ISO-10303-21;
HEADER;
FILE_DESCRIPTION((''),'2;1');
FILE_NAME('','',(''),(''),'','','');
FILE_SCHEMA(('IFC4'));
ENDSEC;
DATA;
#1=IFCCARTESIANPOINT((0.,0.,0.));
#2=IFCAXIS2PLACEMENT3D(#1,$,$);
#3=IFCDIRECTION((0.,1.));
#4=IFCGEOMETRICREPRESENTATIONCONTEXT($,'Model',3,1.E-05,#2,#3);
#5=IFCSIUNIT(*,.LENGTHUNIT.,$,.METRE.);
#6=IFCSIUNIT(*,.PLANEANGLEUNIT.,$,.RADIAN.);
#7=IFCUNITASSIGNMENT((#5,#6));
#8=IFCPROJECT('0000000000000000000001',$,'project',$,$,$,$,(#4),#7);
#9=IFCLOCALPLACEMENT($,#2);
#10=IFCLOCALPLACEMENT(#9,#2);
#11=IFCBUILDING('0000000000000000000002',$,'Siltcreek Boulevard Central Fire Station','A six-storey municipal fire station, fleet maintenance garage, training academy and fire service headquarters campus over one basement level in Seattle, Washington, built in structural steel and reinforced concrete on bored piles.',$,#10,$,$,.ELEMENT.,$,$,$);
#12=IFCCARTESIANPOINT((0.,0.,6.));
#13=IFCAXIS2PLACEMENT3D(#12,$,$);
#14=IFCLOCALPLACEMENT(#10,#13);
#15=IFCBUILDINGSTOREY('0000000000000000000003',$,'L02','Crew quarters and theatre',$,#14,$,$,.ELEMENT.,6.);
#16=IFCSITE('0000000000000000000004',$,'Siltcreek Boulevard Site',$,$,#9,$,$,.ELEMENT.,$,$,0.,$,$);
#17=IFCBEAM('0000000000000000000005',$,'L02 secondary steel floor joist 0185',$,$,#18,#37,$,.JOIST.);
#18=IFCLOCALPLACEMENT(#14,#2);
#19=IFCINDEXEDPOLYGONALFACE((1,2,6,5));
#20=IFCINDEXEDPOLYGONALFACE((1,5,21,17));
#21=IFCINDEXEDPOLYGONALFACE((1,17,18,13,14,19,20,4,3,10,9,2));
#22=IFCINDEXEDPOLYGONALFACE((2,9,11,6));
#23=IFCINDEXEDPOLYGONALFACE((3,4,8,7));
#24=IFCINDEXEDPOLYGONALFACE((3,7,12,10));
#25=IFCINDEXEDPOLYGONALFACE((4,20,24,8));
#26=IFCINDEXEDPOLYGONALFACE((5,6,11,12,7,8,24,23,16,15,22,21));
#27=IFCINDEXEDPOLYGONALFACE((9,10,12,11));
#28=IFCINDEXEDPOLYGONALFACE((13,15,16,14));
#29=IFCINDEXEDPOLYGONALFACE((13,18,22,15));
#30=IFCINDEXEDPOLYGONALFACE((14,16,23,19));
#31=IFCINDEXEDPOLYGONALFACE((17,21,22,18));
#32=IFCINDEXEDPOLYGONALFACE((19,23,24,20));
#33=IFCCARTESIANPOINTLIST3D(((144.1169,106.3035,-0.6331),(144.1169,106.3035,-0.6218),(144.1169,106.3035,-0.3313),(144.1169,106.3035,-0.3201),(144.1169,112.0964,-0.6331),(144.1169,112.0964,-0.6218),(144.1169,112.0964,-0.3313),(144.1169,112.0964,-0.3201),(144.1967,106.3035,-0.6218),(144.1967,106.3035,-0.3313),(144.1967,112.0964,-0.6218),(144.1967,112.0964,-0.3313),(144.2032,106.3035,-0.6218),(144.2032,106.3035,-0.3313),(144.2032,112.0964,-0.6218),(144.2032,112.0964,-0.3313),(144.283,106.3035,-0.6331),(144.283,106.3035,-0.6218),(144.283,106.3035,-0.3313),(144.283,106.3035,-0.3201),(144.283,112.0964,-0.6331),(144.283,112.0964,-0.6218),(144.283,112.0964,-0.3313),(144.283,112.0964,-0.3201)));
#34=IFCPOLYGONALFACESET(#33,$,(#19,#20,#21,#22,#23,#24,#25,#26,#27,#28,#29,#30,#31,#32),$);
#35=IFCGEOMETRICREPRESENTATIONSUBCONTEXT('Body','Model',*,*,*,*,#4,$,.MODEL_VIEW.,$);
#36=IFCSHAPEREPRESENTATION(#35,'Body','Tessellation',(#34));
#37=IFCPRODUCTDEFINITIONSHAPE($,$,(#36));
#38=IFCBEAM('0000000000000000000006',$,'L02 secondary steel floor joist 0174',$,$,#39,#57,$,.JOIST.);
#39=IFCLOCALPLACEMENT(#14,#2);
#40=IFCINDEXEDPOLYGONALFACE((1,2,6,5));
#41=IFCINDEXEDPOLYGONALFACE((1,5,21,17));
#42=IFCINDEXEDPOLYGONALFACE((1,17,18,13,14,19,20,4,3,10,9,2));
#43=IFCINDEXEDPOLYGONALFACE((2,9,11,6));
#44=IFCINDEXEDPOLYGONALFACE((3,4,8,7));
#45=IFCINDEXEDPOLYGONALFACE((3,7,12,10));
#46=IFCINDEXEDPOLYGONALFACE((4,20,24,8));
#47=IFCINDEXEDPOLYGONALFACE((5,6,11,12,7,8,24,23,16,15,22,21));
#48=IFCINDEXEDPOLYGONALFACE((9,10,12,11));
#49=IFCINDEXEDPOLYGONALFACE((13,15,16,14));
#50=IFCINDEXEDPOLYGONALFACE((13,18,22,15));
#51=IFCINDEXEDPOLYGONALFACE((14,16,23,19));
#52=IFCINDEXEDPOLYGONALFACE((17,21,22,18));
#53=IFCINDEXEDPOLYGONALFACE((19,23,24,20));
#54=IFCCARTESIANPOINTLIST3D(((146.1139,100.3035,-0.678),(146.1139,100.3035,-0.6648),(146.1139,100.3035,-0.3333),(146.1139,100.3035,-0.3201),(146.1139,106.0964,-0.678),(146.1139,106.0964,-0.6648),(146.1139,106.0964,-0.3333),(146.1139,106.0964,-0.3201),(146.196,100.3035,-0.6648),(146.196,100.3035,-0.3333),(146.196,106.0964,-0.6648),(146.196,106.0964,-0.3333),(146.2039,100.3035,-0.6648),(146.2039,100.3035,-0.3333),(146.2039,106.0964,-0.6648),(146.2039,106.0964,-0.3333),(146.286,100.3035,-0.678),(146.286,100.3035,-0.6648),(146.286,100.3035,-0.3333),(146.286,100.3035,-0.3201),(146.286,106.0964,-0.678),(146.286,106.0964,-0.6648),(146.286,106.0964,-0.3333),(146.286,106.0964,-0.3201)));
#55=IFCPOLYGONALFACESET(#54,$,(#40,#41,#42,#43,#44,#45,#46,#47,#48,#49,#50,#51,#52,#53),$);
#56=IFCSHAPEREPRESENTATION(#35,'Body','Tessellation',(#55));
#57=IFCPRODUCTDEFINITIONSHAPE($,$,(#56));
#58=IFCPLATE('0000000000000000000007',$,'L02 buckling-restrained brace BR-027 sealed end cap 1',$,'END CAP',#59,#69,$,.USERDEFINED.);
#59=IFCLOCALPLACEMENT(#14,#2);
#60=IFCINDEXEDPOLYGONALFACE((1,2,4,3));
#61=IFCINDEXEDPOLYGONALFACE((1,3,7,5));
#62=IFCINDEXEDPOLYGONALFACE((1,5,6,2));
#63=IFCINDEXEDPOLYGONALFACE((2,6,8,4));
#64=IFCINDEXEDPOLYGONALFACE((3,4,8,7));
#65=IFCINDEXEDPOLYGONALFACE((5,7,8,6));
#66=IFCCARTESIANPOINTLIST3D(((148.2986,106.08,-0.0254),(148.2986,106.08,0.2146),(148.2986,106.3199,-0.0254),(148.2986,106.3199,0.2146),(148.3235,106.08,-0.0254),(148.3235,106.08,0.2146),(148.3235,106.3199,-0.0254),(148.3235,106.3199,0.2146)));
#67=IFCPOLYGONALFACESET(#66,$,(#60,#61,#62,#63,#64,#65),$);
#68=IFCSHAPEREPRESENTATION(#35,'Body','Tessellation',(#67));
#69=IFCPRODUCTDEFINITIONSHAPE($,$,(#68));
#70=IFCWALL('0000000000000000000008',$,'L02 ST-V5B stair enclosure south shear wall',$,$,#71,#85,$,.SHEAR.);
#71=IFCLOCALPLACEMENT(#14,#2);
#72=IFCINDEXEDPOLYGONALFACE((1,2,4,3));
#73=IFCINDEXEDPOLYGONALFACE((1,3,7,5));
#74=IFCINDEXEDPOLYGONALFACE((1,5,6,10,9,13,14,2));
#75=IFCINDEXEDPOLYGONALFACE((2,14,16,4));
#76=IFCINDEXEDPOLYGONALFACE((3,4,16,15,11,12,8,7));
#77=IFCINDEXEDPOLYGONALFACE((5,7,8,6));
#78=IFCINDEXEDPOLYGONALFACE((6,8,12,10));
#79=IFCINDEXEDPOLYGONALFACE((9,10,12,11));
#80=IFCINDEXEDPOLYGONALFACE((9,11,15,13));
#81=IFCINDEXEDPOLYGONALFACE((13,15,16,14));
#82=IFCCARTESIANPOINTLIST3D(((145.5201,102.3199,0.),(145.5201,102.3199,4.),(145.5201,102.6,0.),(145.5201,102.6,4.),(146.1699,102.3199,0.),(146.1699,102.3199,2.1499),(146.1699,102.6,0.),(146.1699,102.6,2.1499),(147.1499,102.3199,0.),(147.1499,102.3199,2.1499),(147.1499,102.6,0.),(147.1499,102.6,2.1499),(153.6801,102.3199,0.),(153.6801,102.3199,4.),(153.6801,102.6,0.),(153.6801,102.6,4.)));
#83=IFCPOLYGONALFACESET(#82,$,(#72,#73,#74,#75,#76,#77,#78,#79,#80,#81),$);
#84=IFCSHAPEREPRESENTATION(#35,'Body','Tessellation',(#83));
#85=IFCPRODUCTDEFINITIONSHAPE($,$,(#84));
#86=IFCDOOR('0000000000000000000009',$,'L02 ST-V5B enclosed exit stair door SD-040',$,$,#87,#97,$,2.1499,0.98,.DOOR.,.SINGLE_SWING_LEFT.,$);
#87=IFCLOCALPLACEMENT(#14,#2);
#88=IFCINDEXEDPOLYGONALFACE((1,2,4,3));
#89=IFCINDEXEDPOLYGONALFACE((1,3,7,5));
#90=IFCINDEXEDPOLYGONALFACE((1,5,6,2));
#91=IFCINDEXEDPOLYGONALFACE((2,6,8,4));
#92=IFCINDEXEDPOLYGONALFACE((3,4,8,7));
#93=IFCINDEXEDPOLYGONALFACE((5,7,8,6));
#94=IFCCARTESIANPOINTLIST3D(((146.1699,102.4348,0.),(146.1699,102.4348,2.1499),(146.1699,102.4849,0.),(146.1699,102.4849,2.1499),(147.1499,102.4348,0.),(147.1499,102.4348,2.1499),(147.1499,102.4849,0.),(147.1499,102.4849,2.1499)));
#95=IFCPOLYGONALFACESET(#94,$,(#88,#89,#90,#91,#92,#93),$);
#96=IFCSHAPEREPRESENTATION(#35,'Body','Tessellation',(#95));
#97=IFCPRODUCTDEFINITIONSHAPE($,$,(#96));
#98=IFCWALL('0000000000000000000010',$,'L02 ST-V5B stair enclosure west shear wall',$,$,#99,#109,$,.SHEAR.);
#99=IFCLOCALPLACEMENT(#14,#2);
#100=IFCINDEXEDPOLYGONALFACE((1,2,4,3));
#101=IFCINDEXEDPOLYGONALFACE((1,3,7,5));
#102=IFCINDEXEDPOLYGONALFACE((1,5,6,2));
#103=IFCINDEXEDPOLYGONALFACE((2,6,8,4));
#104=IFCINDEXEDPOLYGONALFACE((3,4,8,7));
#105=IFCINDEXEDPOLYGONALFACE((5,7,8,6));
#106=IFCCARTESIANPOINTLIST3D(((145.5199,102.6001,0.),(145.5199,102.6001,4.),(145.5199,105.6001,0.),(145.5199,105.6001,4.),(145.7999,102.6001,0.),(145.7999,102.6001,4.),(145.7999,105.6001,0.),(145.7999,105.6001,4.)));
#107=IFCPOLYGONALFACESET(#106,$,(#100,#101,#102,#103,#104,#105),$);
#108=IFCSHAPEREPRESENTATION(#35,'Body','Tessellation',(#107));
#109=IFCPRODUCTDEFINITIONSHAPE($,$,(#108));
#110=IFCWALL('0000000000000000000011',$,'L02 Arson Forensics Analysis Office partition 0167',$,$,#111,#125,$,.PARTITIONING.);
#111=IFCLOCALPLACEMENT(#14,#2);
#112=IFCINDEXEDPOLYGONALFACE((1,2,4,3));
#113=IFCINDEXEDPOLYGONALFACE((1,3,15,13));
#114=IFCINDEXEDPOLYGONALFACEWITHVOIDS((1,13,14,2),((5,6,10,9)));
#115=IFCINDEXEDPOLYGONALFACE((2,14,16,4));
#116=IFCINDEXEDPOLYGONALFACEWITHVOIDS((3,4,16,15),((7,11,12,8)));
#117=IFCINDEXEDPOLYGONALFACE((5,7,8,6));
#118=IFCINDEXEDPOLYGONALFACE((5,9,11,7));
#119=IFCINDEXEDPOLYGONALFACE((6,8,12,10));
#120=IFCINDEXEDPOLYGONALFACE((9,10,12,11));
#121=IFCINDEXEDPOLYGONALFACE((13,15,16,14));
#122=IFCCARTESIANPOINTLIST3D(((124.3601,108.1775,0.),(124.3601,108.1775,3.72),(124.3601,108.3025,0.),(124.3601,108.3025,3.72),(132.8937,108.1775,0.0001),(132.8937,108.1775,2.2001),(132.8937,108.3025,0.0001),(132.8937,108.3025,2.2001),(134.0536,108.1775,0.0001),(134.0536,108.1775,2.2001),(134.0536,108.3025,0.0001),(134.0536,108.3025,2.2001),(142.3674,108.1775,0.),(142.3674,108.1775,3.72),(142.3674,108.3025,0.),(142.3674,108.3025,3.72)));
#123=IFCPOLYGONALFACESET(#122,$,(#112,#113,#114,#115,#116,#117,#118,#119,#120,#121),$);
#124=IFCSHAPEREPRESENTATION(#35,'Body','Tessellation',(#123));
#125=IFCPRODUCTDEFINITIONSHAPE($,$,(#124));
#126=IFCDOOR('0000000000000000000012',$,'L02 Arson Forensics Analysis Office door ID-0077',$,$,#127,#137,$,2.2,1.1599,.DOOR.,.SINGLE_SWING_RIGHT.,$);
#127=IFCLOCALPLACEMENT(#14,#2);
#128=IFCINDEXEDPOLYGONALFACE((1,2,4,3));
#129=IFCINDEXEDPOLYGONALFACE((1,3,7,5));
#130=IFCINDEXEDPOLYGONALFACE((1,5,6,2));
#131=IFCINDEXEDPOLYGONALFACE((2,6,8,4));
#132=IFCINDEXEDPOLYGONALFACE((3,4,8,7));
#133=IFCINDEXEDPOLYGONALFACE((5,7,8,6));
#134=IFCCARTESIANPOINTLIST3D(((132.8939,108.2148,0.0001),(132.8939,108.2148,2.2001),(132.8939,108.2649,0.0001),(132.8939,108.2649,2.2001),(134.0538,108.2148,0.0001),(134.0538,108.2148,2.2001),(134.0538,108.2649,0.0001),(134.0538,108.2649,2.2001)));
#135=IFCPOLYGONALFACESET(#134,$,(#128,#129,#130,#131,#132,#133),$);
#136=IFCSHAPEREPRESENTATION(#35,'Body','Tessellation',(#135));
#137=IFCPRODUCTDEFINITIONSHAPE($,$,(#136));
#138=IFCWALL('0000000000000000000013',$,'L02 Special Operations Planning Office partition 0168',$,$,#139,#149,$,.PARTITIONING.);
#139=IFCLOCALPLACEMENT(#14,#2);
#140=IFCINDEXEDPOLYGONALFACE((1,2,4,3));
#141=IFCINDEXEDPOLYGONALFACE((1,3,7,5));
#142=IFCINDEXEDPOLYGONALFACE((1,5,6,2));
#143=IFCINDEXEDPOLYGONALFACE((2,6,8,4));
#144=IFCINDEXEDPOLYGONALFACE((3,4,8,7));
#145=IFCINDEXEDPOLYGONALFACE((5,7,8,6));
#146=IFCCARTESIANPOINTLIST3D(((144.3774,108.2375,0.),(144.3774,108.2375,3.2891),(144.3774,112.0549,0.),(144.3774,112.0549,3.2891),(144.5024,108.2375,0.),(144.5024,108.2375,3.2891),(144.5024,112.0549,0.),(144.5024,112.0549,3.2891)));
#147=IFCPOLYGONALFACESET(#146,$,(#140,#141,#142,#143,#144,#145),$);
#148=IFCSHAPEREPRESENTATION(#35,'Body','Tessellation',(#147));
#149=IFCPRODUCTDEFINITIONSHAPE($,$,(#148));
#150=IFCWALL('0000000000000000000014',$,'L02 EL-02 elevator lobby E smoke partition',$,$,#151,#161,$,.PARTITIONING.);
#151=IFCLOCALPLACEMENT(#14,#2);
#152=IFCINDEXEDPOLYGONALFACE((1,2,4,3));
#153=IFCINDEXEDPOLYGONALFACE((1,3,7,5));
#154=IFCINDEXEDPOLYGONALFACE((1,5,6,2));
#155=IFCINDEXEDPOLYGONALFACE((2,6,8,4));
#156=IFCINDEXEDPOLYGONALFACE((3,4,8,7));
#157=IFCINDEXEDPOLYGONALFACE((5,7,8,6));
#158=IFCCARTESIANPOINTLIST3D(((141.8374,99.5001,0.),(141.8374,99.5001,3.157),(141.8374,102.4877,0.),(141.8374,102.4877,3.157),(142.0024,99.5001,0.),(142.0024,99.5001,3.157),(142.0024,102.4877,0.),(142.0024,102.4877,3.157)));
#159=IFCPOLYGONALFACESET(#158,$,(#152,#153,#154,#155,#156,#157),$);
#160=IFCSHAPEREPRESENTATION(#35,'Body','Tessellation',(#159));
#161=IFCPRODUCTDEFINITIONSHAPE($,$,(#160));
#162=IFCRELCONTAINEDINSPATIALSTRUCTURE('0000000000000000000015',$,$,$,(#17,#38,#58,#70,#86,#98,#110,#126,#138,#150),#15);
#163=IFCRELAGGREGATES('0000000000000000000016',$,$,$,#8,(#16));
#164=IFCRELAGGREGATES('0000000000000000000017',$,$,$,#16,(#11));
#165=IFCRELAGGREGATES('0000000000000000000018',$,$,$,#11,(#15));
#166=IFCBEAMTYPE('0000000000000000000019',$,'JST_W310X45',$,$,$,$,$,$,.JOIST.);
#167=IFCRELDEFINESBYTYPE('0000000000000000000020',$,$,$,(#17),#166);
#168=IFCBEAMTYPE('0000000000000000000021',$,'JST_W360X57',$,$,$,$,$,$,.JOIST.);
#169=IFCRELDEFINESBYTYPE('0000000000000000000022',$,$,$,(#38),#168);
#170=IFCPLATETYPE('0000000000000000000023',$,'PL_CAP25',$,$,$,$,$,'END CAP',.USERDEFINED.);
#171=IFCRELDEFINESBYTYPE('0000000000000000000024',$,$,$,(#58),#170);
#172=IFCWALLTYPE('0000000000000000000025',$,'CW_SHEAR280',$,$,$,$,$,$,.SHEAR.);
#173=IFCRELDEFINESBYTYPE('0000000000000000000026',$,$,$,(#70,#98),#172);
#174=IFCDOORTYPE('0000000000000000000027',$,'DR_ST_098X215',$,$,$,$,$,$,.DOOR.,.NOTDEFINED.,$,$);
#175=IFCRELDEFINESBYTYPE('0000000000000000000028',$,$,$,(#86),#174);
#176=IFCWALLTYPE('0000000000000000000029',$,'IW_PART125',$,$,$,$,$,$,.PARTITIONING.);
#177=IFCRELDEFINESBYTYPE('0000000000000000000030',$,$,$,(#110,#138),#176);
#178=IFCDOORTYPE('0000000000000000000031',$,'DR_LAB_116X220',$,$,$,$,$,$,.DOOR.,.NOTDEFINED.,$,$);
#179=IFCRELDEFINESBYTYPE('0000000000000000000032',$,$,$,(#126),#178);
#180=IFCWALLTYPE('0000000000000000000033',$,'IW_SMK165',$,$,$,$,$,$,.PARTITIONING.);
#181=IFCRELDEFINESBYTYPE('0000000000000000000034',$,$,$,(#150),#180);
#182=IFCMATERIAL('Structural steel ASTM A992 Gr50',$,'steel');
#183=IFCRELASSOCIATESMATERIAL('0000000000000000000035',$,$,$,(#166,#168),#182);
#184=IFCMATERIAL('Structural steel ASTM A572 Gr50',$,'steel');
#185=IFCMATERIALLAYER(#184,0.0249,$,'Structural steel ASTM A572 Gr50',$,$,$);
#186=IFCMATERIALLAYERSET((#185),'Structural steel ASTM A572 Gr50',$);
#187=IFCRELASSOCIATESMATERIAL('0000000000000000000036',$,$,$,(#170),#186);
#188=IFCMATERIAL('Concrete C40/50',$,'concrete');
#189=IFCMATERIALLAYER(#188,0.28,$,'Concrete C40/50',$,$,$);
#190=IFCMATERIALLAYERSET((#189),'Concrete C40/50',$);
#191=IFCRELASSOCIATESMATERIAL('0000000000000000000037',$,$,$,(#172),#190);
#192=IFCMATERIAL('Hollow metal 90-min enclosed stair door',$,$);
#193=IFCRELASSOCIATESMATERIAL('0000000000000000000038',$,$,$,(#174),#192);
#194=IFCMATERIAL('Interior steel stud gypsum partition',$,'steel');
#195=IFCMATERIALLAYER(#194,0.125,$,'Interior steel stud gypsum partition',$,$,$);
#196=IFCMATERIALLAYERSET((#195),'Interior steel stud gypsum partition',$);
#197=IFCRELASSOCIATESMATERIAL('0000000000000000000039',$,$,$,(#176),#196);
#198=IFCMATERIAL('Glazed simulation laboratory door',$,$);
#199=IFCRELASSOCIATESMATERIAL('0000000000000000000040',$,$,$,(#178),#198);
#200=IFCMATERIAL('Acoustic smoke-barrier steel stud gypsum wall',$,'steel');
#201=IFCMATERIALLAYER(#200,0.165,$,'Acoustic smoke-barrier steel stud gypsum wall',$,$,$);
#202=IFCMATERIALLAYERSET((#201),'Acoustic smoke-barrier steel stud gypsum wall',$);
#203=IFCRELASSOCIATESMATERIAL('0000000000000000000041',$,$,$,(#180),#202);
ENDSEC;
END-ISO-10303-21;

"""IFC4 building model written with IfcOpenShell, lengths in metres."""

from ifc_helpers import new_model, si_unit, direction, frame, frame_2d, origin, origin_2d, place, context, subcontext, project, spatial, rectangle, i_section, extrude, material, layer, layer_set, material_profile, profile_set, type_object, element, fill, save


model = new_model("IFC4")

# Units and contexts
model_context = context("Model", 3, precision=1e-05, world=origin(), true_north=direction((0.0, 1.0)))
body_context = subcontext(model_context, "Body", "Model", "MODEL_VIEW")
ifc_project = project(units=[si_unit("LENGTHUNIT", "METRE"), si_unit("PLANEANGLEUNIT", "RADIAN")], contexts=[model_context])

# Site, building, storey
site_placement = place(None, origin())
site = spatial("IfcSite", under=ifc_project, at=site_placement, Name="Siltcreek Boulevard Site", CompositionType="ELEMENT", RefElevation=0.0)
building_placement = place(site_placement, origin())
building = spatial("IfcBuilding", under=site, at=building_placement, Name="Siltcreek Boulevard Central Fire Station", Description="A six-storey municipal fire station, fleet maintenance garage, training academy and fire service headquarters campus over one basement level in Seattle, Washington, built in structural steel and reinforced concrete on bored piles.", CompositionType="ELEMENT")
storey_placement = place(building_placement, frame((0.0, 0.0, 6.0)))
storey = spatial("IfcBuildingStorey", under=building, at=storey_placement, Name="L02", Description="Crew quarters and theatre", CompositionType="ELEMENT", Elevation=6.0)

# Shared definitions
ifc_material_1 = material(Name="Structural steel ASTM A992 Gr50", Category="steel")

# Beams
ifc_material_profile_1 = material_profile(ifc_material_1, i_section(OverallWidth=0.166, OverallDepth=0.313, WebThickness=0.0066, FlangeThickness=0.0112, at=origin_2d()), Name="W310X45")
ifc_profile_set_1 = profile_set([ifc_material_profile_1], Name="Structural steel ASTM A992 Gr50")
beam_type_1 = type_object("IfcBeamType", Name="JST_W310X45", PredefinedType="JOIST", material=ifc_profile_set_1)
beam_1_placement = place(storey_placement, frame((144.2, 106.3035, -0.4766), z_axis=(0.0, 1.0, 0.0), x_axis=(-1.0, 0.0, 0.0)))
element("IfcBeam", 1, at=beam_1_placement, inside=storey, type_object=beam_type_1, Name="L02 secondary steel floor joist 0185", PredefinedType="JOIST", context=body_context, shape_type="SweptSolid", body=[
    extrude(i_section(OverallWidth=0.166, OverallDepth=0.313, WebThickness=0.0066, FlangeThickness=0.0112, at=origin_2d()), origin(), (0.0, 0.0, 1.0), 5.793),
])
ifc_material_profile_2 = material_profile(ifc_material_1, i_section(OverallWidth=0.1721, OverallDepth=0.3579, WebThickness=0.0078, FlangeThickness=0.0132, at=origin_2d()), Name="W360X57")
ifc_profile_set_2 = profile_set([ifc_material_profile_2], Name="Structural steel ASTM A992 Gr50")
beam_type_2 = type_object("IfcBeamType", Name="JST_W360X57", PredefinedType="JOIST", material=ifc_profile_set_2)
beam_2_placement = place(storey_placement, frame((146.2, 100.3035, -0.499), z_axis=(0.0, 1.0, 0.0), x_axis=(-1.0, 0.0, 0.0)))
element("IfcBeam", 2, at=beam_2_placement, inside=storey, type_object=beam_type_2, Name="L02 secondary steel floor joist 0174", PredefinedType="JOIST", context=body_context, shape_type="SweptSolid", body=[
    extrude(i_section(OverallWidth=0.1721, OverallDepth=0.3579, WebThickness=0.0078, FlangeThickness=0.0132, at=origin_2d()), origin(), (0.0, 0.0, 1.0), 5.793),
])

# Plate
ifc_material_2 = material(Name="Structural steel ASTM A572 Gr50", Category="steel")
ifc_layer_1 = layer(ifc_material_2, 0.0249, Name="Structural steel ASTM A572 Gr50")
ifc_layer_set_1 = layer_set([ifc_layer_1], Name="Structural steel ASTM A572 Gr50")
plate_type = type_object("IfcPlateType", Name="PL_CAP25", ElementType="END CAP", PredefinedType="USERDEFINED", material=ifc_layer_set_1)
plate_placement = place(storey_placement, frame((148.311, 106.2, -0.0254), z_axis=(0.0, 0.0, 1.0), x_axis=(1.0, 0.0, 0.0)))
element("IfcPlate", 3, at=plate_placement, inside=storey, type_object=plate_type, Name="L02 buckling-restrained brace BR-027 sealed end cap 1", ObjectType="END CAP", PredefinedType="USERDEFINED", context=body_context, shape_type="SweptSolid", body=[
    extrude(rectangle(XDim=0.0249, YDim=0.24, at=origin_2d()), origin(), (0.0, 0.0, 1.0), 0.24),
])

# Wall, opening, door
ifc_material_3 = material(Name="Concrete C40/50", Category="concrete")
ifc_layer_2 = layer(ifc_material_3, 0.28, Name="Concrete C40/50")
ifc_layer_set_2 = layer_set([ifc_layer_2], Name="Concrete C40/50")
wall_type_1 = type_object("IfcWallType", Name="CW_SHEAR280", PredefinedType="SHEAR", material=ifc_layer_set_2)
wall_1_placement = place(storey_placement, frame((145.52, 102.46, 0.0), z_axis=(0.0, 0.0, 1.0), x_axis=(1.0, 0.0, 0.0)))
wall_1 = element("IfcWall", 4, at=wall_1_placement, inside=storey, type_object=wall_type_1, Name="L02 ST-V5B stair enclosure south shear wall", PredefinedType="SHEAR", context=body_context, shape_type="SweptSolid", body=[
    extrude(rectangle(XDim=8.1599, YDim=0.28, at=frame_2d((4.0801, 0.0))), origin(), (0.0, 0.0, 1.0), 4.0),
])
opening_1_placement = place(wall_1_placement, frame((0.6499, 0.0, 0.0)))
opening_1 = element("IfcOpeningElement", 5, at=opening_1_placement, cuts=wall_1, PredefinedType="OPENING", context=body_context, shape_type="SweptSolid", body=[
    extrude(rectangle(XDim=0.98, YDim=2.1499, at=frame_2d((0.49, 1.075))), frame((0.0, 0.1499, 0.0), z_axis=(0.0, -1.0, 0.0), x_axis=(1.0, 0.0, 0.0)), (0.0, 0.0, 1.0), 0.3),
])
ifc_material_4 = material(Name="Hollow metal 90-min enclosed stair door")
door_type_1 = type_object("IfcDoorType", Name="DR_ST_098X215", OperationType="NOTDEFINED", PredefinedType="DOOR", material=ifc_material_4)
door_1_placement = place(opening_1_placement, origin())
door_1 = element("IfcDoor", 6, at=door_1_placement, inside=storey, type_object=door_type_1, Name="L02 ST-V5B enclosed exit stair door SD-040", OperationType="SINGLE_SWING_LEFT", OverallHeight=2.1499, OverallWidth=0.98, PredefinedType="DOOR", context=body_context, shape_type="SweptSolid", body=[
    extrude(rectangle(XDim=0.98, YDim=2.1499, at=frame_2d((0.49, 1.075))), frame((0.0, 0.0249, 0.0), z_axis=(0.0, -1.0, 0.0), x_axis=(1.0, 0.0, 0.0)), (0.0, 0.0, 1.0), 0.05),
])
fill(opening_1, door_1)

# Wall
wall_2_placement = place(storey_placement, frame((145.6599, 105.6001, 0.0), z_axis=(0.0, 0.0, 1.0), x_axis=(0.0, -1.0, 0.0)))
element("IfcWall", 7, at=wall_2_placement, inside=storey, type_object=wall_type_1, Name="L02 ST-V5B stair enclosure west shear wall", PredefinedType="SHEAR", context=body_context, shape_type="SweptSolid", body=[
    extrude(rectangle(XDim=3.0, YDim=0.28, at=frame_2d((1.5, 0.0))), origin(), (0.0, 0.0, 1.0), 4.0),
])

# Wall, opening, door
ifc_material_5 = material(Name="Interior steel stud gypsum partition", Category="steel")
ifc_layer_3 = layer(ifc_material_5, 0.125, Name="Interior steel stud gypsum partition")
ifc_layer_set_3 = layer_set([ifc_layer_3], Name="Interior steel stud gypsum partition")
wall_type_2 = type_object("IfcWallType", Name="IW_PART125", PredefinedType="PARTITIONING", material=ifc_layer_set_3)
wall_3_placement = place(storey_placement, frame((142.3674, 108.24, 0.0), z_axis=(0.0, 0.0, 1.0), x_axis=(-1.0, 0.0, 0.0)))
wall_3 = element("IfcWall", 8, at=wall_3_placement, inside=storey, type_object=wall_type_2, Name="L02 Arson Forensics Analysis Office partition 0167", PredefinedType="PARTITIONING", context=body_context, shape_type="SweptSolid", body=[
    extrude(rectangle(XDim=18.0073, YDim=0.125, at=frame_2d((9.0037, 0.0))), origin(), (0.0, 0.0, 1.0), 3.72),
])
opening_2_placement = place(wall_3_placement, frame((8.3137, 0.0, 0.0)))
opening_2 = element("IfcOpeningElement", 9, at=opening_2_placement, cuts=wall_3, PredefinedType="OPENING", context=body_context, shape_type="SweptSolid", body=[
    extrude(rectangle(XDim=1.1599, YDim=2.2, at=frame_2d((0.5801, 1.1001))), frame((0.0, 0.0725, 0.0), z_axis=(0.0, -1.0, 0.0), x_axis=(1.0, 0.0, 0.0)), (0.0, 0.0, 1.0), 0.145),
])
ifc_material_6 = material(Name="Glazed simulation laboratory door")
door_type_2 = type_object("IfcDoorType", Name="DR_LAB_116X220", OperationType="NOTDEFINED", PredefinedType="DOOR", material=ifc_material_6)
door_2_placement = place(opening_2_placement, frame((1.1599, 0.0, 0.0), z_axis=(0.0, 0.0, 1.0), x_axis=(-1.0, 0.0, 0.0)))
door_2 = element("IfcDoor", 10, at=door_2_placement, inside=storey, type_object=door_type_2, Name="L02 Arson Forensics Analysis Office door ID-0077", OperationType="SINGLE_SWING_RIGHT", OverallHeight=2.2, OverallWidth=1.1599, PredefinedType="DOOR", context=body_context, shape_type="SweptSolid", body=[
    extrude(rectangle(XDim=1.1599, YDim=2.2, at=frame_2d((0.5801, 1.1001))), frame((0.0, 0.0249, 0.0), z_axis=(0.0, -1.0, 0.0), x_axis=(1.0, 0.0, 0.0)), (0.0, 0.0, 1.0), 0.05),
])
fill(opening_2, door_2)

# Walls
wall_4_placement = place(storey_placement, frame((144.4399, 108.2375, 0.0), z_axis=(0.0, 0.0, 1.0), x_axis=(0.0, 1.0, 0.0)))
element("IfcWall", 11, at=wall_4_placement, inside=storey, type_object=wall_type_2, Name="L02 Special Operations Planning Office partition 0168", PredefinedType="PARTITIONING", context=body_context, shape_type="SweptSolid", body=[
    extrude(rectangle(XDim=3.8174, YDim=0.125, at=frame_2d((1.9087, 0.0))), origin(), (0.0, 0.0, 1.0), 3.2891),
])
ifc_material_7 = material(Name="Acoustic smoke-barrier steel stud gypsum wall", Category="steel")
ifc_layer_4 = layer(ifc_material_7, 0.165, Name="Acoustic smoke-barrier steel stud gypsum wall")
ifc_layer_set_4 = layer_set([ifc_layer_4], Name="Acoustic smoke-barrier steel stud gypsum wall")
wall_type_3 = type_object("IfcWallType", Name="IW_SMK165", PredefinedType="PARTITIONING", material=ifc_layer_set_4)
wall_5_placement = place(storey_placement, frame((141.9199, 102.4875, 0.0), z_axis=(0.0, 0.0, 1.0), x_axis=(0.0, -1.0, 0.0)))
element("IfcWall", 12, at=wall_5_placement, inside=storey, type_object=wall_type_3, Name="L02 EL-02 elevator lobby E smoke partition", PredefinedType="PARTITIONING", context=body_context, shape_type="SweptSolid", body=[
    extrude(rectangle(XDim=2.9875, YDim=0.165, at=frame_2d((1.4937, 0.0))), origin(), (0.0, 0.0, 1.0), 3.157),
])

save(model, "model.ifc")
